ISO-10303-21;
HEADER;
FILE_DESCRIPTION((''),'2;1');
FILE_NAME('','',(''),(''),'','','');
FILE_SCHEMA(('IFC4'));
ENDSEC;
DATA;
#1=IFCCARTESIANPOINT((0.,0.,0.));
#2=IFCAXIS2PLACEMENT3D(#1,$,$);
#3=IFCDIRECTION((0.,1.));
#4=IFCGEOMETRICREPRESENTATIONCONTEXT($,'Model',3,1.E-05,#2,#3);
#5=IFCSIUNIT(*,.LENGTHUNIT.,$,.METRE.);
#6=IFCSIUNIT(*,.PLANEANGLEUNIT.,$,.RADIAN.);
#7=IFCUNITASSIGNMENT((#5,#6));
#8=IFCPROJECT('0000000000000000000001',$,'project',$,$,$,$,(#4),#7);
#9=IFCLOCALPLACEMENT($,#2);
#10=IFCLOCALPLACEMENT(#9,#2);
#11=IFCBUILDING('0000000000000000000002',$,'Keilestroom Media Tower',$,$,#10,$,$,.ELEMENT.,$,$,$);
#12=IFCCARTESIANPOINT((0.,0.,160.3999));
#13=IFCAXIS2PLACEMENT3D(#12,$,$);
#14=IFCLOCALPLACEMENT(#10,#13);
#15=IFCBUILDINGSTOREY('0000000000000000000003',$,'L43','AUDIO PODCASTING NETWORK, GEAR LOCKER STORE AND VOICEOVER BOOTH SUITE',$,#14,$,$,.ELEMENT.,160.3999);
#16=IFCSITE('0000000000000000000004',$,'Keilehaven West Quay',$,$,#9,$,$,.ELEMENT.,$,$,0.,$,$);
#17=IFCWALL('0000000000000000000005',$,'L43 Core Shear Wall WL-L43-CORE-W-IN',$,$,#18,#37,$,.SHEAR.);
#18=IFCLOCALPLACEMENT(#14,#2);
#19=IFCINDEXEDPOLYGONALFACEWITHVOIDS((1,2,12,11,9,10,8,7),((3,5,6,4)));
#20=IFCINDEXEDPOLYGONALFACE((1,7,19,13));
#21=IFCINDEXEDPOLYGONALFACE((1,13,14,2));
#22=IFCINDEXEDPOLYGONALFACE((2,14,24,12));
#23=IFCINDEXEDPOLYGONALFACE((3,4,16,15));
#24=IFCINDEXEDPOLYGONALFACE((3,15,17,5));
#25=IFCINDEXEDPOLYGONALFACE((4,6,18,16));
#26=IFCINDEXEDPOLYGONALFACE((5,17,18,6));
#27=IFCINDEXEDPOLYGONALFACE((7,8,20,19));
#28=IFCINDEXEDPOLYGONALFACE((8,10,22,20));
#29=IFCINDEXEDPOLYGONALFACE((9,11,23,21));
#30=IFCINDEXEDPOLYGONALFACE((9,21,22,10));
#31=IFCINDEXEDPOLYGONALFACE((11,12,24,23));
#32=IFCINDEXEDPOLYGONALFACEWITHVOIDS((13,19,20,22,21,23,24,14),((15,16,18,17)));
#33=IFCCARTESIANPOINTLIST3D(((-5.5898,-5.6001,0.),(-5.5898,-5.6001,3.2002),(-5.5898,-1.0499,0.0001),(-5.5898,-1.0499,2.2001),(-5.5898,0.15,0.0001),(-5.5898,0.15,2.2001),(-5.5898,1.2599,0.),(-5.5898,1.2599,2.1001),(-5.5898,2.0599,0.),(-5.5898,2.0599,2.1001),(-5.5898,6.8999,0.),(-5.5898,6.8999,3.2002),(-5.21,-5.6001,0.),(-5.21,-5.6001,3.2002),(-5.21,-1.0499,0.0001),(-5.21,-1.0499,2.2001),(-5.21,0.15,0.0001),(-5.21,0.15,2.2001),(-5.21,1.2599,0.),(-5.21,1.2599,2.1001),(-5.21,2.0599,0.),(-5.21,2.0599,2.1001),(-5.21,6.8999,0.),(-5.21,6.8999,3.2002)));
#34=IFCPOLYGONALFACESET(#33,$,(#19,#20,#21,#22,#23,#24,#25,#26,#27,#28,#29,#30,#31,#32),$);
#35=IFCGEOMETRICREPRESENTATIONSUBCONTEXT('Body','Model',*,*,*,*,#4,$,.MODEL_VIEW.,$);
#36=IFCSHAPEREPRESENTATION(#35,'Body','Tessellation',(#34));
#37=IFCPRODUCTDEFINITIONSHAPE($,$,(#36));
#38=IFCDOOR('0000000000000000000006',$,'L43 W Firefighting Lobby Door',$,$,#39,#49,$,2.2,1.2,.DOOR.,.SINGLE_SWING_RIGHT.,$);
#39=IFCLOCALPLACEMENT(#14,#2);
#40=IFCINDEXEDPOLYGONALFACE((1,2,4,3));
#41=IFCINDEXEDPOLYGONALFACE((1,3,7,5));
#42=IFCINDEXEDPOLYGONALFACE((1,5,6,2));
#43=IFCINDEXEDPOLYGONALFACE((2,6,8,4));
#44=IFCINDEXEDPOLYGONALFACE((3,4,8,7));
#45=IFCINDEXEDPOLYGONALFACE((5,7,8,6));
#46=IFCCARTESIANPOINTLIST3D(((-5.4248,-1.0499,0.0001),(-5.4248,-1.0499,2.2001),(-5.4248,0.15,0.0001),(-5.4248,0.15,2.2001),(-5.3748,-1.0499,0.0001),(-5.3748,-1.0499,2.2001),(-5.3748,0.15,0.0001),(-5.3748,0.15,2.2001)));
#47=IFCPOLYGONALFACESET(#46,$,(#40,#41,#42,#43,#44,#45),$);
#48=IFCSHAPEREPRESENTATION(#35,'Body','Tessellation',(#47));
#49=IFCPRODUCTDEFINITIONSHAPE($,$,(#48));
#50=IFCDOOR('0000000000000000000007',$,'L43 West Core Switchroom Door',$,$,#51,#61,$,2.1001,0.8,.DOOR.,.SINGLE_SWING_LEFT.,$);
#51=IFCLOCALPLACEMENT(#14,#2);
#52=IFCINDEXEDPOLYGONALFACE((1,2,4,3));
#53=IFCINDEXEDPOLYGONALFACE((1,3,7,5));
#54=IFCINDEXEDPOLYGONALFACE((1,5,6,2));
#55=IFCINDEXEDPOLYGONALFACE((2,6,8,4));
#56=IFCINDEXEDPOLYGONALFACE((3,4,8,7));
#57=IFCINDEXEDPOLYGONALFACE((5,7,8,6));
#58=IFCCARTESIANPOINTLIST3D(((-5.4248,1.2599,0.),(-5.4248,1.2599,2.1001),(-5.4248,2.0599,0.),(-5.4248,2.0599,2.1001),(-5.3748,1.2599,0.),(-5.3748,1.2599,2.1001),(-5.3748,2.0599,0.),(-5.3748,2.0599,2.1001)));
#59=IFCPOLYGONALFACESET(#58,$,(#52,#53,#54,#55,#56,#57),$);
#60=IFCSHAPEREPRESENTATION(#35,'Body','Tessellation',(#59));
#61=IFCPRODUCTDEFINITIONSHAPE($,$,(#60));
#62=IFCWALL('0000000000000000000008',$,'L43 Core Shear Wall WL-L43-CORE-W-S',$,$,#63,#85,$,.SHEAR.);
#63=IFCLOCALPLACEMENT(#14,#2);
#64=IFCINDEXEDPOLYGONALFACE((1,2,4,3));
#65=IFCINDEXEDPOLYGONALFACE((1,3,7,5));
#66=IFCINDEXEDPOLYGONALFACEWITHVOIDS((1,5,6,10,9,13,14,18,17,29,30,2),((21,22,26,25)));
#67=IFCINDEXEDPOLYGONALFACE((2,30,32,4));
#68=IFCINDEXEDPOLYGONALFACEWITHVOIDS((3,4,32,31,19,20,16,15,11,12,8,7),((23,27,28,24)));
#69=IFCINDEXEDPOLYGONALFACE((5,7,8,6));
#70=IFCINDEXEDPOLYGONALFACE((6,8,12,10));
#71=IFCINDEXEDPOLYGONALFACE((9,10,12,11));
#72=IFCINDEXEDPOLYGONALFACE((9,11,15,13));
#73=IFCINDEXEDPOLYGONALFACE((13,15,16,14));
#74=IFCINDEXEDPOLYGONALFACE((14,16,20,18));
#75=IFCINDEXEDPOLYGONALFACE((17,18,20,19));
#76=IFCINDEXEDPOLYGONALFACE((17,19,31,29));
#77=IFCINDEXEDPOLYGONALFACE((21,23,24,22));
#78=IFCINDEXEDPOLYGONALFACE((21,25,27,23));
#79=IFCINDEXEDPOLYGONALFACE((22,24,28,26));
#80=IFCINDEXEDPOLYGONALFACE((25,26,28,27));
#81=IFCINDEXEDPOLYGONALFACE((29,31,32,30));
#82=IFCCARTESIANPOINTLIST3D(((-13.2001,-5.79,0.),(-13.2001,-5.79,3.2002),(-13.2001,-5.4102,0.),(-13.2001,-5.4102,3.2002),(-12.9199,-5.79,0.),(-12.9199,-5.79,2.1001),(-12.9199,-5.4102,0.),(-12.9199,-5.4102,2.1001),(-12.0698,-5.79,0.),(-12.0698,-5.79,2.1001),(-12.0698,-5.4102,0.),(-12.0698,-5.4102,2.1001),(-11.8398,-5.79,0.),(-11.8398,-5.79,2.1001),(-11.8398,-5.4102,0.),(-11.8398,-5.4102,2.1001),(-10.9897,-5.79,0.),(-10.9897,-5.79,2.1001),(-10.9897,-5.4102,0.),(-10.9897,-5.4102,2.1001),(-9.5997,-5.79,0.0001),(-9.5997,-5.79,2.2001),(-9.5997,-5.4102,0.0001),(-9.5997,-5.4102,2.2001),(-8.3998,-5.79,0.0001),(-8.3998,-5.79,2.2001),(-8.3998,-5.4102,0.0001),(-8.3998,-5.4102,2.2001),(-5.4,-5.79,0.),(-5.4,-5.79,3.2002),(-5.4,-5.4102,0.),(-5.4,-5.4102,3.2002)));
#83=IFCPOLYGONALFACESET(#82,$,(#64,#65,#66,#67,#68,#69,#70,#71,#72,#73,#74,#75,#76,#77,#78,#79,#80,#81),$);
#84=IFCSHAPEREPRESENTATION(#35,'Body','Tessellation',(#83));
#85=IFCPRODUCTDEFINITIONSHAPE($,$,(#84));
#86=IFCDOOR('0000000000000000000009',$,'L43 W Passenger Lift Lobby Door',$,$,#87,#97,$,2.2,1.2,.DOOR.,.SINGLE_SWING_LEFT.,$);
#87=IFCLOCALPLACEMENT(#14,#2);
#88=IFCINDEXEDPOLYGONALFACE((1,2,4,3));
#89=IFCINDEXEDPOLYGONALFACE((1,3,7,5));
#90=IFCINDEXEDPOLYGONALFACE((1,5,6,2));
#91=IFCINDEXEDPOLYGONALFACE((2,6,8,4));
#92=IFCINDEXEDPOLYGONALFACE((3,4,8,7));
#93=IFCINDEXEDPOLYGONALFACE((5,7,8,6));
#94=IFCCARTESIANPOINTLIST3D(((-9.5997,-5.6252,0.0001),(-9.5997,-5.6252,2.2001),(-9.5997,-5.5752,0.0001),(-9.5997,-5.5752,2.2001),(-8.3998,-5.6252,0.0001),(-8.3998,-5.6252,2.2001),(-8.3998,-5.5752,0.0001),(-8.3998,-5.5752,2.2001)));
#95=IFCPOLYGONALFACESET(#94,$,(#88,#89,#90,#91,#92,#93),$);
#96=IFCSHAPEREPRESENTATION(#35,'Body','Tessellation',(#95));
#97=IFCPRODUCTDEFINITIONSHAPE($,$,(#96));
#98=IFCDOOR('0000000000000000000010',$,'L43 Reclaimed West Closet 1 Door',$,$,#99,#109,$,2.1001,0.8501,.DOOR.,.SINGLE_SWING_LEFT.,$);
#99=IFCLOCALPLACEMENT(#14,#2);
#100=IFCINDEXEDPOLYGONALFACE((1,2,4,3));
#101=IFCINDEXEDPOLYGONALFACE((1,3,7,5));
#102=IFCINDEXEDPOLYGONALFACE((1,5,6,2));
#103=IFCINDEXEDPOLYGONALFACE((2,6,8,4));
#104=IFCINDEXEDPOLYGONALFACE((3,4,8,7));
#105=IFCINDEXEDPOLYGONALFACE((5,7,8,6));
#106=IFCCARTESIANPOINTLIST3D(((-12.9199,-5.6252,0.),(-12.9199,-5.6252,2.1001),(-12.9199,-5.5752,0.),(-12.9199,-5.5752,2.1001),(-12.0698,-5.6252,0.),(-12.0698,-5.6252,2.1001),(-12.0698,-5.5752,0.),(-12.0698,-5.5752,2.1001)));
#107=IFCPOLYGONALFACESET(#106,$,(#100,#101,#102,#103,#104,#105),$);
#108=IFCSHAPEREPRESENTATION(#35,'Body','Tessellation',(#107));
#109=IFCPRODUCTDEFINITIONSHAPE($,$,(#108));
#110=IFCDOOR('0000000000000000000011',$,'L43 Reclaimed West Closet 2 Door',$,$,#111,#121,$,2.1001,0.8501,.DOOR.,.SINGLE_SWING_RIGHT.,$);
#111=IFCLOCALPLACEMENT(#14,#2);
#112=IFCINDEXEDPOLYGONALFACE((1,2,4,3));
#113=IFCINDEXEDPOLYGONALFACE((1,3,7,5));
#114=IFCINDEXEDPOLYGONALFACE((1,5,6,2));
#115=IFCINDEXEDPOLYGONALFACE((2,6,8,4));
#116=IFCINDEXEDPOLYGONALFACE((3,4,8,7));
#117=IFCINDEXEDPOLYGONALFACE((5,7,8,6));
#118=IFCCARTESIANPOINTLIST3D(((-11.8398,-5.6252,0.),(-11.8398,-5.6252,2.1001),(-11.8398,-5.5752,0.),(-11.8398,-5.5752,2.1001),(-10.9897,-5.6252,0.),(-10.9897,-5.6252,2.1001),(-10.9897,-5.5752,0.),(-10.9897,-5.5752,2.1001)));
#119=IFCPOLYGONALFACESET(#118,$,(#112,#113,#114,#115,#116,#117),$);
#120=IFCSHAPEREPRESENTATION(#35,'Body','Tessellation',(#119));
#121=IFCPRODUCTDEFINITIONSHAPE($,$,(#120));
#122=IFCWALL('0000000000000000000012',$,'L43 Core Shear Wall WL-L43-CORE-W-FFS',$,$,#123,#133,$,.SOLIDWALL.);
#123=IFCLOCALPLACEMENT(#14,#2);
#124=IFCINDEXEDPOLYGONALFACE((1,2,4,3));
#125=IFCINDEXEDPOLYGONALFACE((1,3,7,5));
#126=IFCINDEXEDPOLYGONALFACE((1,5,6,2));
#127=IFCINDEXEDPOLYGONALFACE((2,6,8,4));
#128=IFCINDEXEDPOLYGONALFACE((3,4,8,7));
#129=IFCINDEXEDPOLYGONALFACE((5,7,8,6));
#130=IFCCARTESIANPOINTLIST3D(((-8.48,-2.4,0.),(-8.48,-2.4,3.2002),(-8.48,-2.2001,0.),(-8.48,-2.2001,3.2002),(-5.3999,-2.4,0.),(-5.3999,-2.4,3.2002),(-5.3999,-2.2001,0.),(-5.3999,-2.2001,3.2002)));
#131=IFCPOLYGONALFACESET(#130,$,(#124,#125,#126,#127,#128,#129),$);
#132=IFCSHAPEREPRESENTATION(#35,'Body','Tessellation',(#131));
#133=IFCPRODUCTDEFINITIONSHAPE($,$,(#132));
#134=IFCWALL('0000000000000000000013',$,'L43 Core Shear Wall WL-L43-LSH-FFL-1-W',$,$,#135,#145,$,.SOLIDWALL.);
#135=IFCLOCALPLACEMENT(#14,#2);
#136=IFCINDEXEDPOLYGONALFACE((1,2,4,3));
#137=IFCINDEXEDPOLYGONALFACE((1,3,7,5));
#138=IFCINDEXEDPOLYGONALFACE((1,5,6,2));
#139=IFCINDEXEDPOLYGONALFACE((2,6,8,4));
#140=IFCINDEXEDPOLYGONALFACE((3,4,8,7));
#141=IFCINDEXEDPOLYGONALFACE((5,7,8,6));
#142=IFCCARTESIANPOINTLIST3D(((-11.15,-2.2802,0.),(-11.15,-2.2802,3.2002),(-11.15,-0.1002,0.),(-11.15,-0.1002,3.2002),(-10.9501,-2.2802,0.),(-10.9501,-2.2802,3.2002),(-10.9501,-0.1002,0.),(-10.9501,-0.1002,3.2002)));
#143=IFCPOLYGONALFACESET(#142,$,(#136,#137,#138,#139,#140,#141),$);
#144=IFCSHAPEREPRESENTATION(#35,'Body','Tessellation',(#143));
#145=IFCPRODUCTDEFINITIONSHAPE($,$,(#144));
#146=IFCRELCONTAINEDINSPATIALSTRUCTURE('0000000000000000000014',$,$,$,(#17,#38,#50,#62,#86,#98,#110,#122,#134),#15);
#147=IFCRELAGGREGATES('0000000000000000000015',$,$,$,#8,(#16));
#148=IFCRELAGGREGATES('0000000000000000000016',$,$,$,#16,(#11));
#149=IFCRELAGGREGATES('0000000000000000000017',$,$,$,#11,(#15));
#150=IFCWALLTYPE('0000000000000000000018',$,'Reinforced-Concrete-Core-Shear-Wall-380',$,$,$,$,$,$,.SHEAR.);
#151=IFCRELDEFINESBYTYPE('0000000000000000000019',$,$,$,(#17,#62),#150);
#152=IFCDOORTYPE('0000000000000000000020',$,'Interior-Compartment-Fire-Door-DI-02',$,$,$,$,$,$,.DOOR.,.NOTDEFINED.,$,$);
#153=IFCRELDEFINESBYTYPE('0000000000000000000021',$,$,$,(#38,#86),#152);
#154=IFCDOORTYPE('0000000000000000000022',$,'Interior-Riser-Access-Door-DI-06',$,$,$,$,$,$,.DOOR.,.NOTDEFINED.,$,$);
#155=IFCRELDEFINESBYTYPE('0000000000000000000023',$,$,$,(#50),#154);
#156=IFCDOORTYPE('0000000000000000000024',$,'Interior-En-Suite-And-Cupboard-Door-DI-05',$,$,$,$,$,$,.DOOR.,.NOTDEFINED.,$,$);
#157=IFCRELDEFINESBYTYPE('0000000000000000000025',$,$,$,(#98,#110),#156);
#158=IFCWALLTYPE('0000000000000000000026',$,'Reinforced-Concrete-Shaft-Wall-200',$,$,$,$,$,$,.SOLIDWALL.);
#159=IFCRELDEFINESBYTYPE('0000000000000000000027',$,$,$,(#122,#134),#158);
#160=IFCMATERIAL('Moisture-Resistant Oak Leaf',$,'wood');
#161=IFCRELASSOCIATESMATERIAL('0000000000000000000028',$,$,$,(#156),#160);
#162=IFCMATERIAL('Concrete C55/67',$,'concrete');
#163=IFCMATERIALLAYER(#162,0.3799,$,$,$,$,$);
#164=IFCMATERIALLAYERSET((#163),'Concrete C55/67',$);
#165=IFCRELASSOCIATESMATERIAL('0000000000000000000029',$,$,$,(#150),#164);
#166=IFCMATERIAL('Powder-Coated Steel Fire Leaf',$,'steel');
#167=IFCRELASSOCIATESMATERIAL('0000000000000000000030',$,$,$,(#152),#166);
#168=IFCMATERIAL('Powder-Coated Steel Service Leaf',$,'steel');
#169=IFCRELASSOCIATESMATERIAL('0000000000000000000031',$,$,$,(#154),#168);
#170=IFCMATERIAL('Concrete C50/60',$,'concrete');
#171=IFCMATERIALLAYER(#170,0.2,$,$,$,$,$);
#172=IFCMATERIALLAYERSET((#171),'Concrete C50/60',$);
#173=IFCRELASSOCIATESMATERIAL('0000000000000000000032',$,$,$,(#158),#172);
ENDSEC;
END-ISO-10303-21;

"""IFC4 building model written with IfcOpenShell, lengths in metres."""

from ifc_helpers import new_model, si_unit, direction, frame, frame_2d, origin, place, context, subcontext, project, spatial, rectangle, extrude, source, transform, mapped, material, layer, layer_set, type_object, element, fill, save


model = new_model("IFC4")

# Units and contexts
model_context = context("Model", 3, precision=1e-05, world=origin(), true_north=direction((0.0, 1.0)))
body_context = subcontext(model_context, "Body", "Model", "MODEL_VIEW")
ifc_project = project(units=[si_unit("LENGTHUNIT", "METRE"), si_unit("PLANEANGLEUNIT", "RADIAN")], contexts=[model_context])

# Site, building, storey
site_placement = place(None, origin())
site = spatial("IfcSite", under=ifc_project, at=site_placement, Name="Keilehaven West Quay", CompositionType="ELEMENT", RefElevation=0.0)
building_placement = place(site_placement, origin())
building = spatial("IfcBuilding", under=site, at=building_placement, Name="Keilestroom Media Tower", CompositionType="ELEMENT")
storey_placement = place(building_placement, frame((0.0, 0.0, 160.3999)))
storey = spatial("IfcBuildingStorey", under=building, at=storey_placement, Name="L43", Description="AUDIO PODCASTING NETWORK, GEAR LOCKER STORE AND VOICEOVER BOOTH SUITE", CompositionType="ELEMENT", Elevation=160.3999)

# Shared definitions
ifc_material_1 = material(Name="Moisture-Resistant Oak Leaf", Category="wood")
door_type_1 = type_object("IfcDoorType", Name="Interior-En-Suite-And-Cupboard-Door-DI-05", OperationType="NOTDEFINED", PredefinedType="DOOR", material=ifc_material_1)
shared_shape_1 = source(origin(), body_context, "Body", "SweptSolid", [
    extrude(rectangle(XDim=0.8501, YDim=2.1001, at=frame_2d((0.425, 1.05))), frame((0.0, 0.0249, 0.0), z_axis=(0.0, -1.0, 0.0), x_axis=(1.0, 0.0, 0.0)), (0.0, 0.0, 1.0), 0.05),
])

# Shared definitions
ifc_material_2 = material(Name="Concrete C55/67", Category="concrete")
ifc_layer_1 = layer(ifc_material_2, 0.3799)
ifc_layer_set_1 = layer_set([ifc_layer_1], Name="Concrete C55/67")
wall_type_1 = type_object("IfcWallType", Name="Reinforced-Concrete-Core-Shear-Wall-380", PredefinedType="SHEAR", material=ifc_layer_set_1)

# Walls, openings, doors
wall_1_placement = place(storey_placement, frame((-5.3999, -5.6001, 0.0), z_axis=(0.0, 0.0, 1.0), x_axis=(0.0, 1.0, 0.0)))
wall_1 = element("IfcWall", 1, at=wall_1_placement, inside=storey, type_object=wall_type_1, Name="L43 Core Shear Wall WL-L43-CORE-W-IN", PredefinedType="SHEAR", context=body_context, shape_type="SweptSolid", body=[
    extrude(rectangle(XDim=12.5, YDim=0.3799, at=frame_2d((6.25, 0.0))), origin(), (0.0, 0.0, 1.0), 3.2002),
])
opening_1_placement = place(wall_1_placement, frame((4.55, 0.0, 0.0)))
opening_1 = element("IfcOpeningElement", 2, at=opening_1_placement, cuts=wall_1, PredefinedType="OPENING", context=body_context, shape_type="SweptSolid", body=[
    extrude(rectangle(XDim=1.2, YDim=2.2, at=frame_2d((0.6001, 1.1001))), frame((0.0, 0.2, 0.0), z_axis=(0.0, -1.0, 0.0), x_axis=(1.0, 0.0, 0.0)), (0.0, 0.0, 1.0), 0.3999),
])
opening_2_placement = place(wall_1_placement, frame((6.8601, 0.0, 0.0)))
opening_2 = element("IfcOpeningElement", 3, at=opening_2_placement, cuts=wall_1, PredefinedType="OPENING", context=body_context, shape_type="SweptSolid", body=[
    extrude(rectangle(XDim=0.8, YDim=2.1001, at=frame_2d((0.3999, 1.05))), frame((0.0, 0.2, 0.0), z_axis=(0.0, -1.0, 0.0), x_axis=(1.0, 0.0, 0.0)), (0.0, 0.0, 1.0), 0.3999),
])
ifc_material_3 = material(Name="Powder-Coated Steel Fire Leaf", Category="steel")
door_type_2 = type_object("IfcDoorType", Name="Interior-Compartment-Fire-Door-DI-02", OperationType="NOTDEFINED", PredefinedType="DOOR", material=ifc_material_3)
shared_shape_2 = source(origin(), body_context, "Body", "SweptSolid", [
    extrude(rectangle(XDim=1.2, YDim=2.2, at=frame_2d((0.6001, 1.1001))), frame((0.0, 0.0249, 0.0), z_axis=(0.0, -1.0, 0.0), x_axis=(1.0, 0.0, 0.0)), (0.0, 0.0, 1.0), 0.05),
])
door_1_placement = place(opening_1_placement, origin())
door_1 = element("IfcDoor", 4, at=door_1_placement, inside=storey, type_object=door_type_2, Name="L43 W Firefighting Lobby Door", OperationType="SINGLE_SWING_RIGHT", OverallHeight=2.2, OverallWidth=1.2, PredefinedType="DOOR", context=body_context, shape_type="MappedRepresentation", body=[
    mapped(shared_shape_2, transform((0.0, 0.0, 0.0), x_axis=(1.0, 0.0, 0.0), y_axis=(0.0, 1.0, 0.0), z_axis=(0.0, 0.0, 1.0), scale=1.0)),
])
fill(opening_1, door_1)
ifc_material_4 = material(Name="Powder-Coated Steel Service Leaf", Category="steel")
door_type_3 = type_object("IfcDoorType", Name="Interior-Riser-Access-Door-DI-06", OperationType="NOTDEFINED", PredefinedType="DOOR", material=ifc_material_4)
shared_shape_3 = source(origin(), body_context, "Body", "SweptSolid", [
    extrude(rectangle(XDim=0.8, YDim=2.1001, at=frame_2d((0.3999, 1.05))), frame((0.0, 0.0249, 0.0), z_axis=(0.0, -1.0, 0.0), x_axis=(1.0, 0.0, 0.0)), (0.0, 0.0, 1.0), 0.05),
])
door_2_placement = place(opening_2_placement, origin())
door_2 = element("IfcDoor", 5, at=door_2_placement, inside=storey, type_object=door_type_3, Name="L43 West Core Switchroom Door", OperationType="SINGLE_SWING_LEFT", OverallHeight=2.1001, OverallWidth=0.8, PredefinedType="DOOR", context=body_context, shape_type="MappedRepresentation", body=[
    mapped(shared_shape_3, transform((0.0, 0.0, 0.0), x_axis=(1.0, 0.0, 0.0), y_axis=(0.0, 1.0, 0.0), z_axis=(0.0, 0.0, 1.0), scale=1.0)),
])
fill(opening_2, door_2)
wall_2_placement = place(storey_placement, frame((-13.2, -5.6001, 0.0), z_axis=(0.0, 0.0, 1.0), x_axis=(1.0, 0.0, 0.0)))
wall_2 = element("IfcWall", 6, at=wall_2_placement, inside=storey, type_object=wall_type_1, Name="L43 Core Shear Wall WL-L43-CORE-W-S", PredefinedType="SHEAR", context=body_context, shape_type="SweptSolid", body=[
    extrude(rectangle(XDim=7.8, YDim=0.3799, at=frame_2d((3.8999, 0.0))), origin(), (0.0, 0.0, 1.0), 3.2002),
])
opening_3_placement = place(wall_2_placement, frame((3.6001, 0.0, 0.0)))
opening_3 = element("IfcOpeningElement", 7, at=opening_3_placement, cuts=wall_2, PredefinedType="OPENING", context=body_context, shape_type="SweptSolid", body=[
    extrude(rectangle(XDim=1.2, YDim=2.2, at=frame_2d((0.6001, 1.1001))), frame((0.0, 0.2, 0.0), z_axis=(0.0, -1.0, 0.0), x_axis=(1.0, 0.0, 0.0)), (0.0, 0.0, 1.0), 0.3999),
])
opening_4_placement = place(wall_2_placement, frame((0.28, 0.0, 0.0)))
opening_4 = element("IfcOpeningElement", 8, at=opening_4_placement, cuts=wall_2, PredefinedType="OPENING", context=body_context, shape_type="SweptSolid", body=[
    extrude(rectangle(XDim=0.8501, YDim=2.1001, at=frame_2d((0.425, 1.05))), frame((0.0, 0.2, 0.0), z_axis=(0.0, -1.0, 0.0), x_axis=(1.0, 0.0, 0.0)), (0.0, 0.0, 1.0), 0.3999),
])
opening_5_placement = place(wall_2_placement, frame((1.3601, 0.0, 0.0)))
opening_5 = element("IfcOpeningElement", 9, at=opening_5_placement, cuts=wall_2, PredefinedType="OPENING", context=body_context, shape_type="SweptSolid", body=[
    extrude(rectangle(XDim=0.8501, YDim=2.1001, at=frame_2d((0.425, 1.05))), frame((0.0, 0.2, 0.0), z_axis=(0.0, -1.0, 0.0), x_axis=(1.0, 0.0, 0.0)), (0.0, 0.0, 1.0), 0.3999),
])
door_3_placement = place(opening_3_placement, origin())
door_3 = element("IfcDoor", 10, at=door_3_placement, inside=storey, type_object=door_type_2, Name="L43 W Passenger Lift Lobby Door", OperationType="SINGLE_SWING_LEFT", OverallHeight=2.2, OverallWidth=1.2, PredefinedType="DOOR", context=body_context, shape_type="MappedRepresentation", body=[
    mapped(shared_shape_2, transform((0.0, 0.0, 0.0), x_axis=(1.0, 0.0, 0.0), y_axis=(0.0, 1.0, 0.0), z_axis=(0.0, 0.0, 1.0), scale=1.0)),
])
fill(opening_3, door_3)
door_4_placement = place(opening_4_placement, origin())
door_4 = element("IfcDoor", 11, at=door_4_placement, inside=storey, type_object=door_type_1, Name="L43 Reclaimed West Closet 1 Door", OperationType="SINGLE_SWING_LEFT", OverallHeight=2.1001, OverallWidth=0.8501, PredefinedType="DOOR", context=body_context, shape_type="MappedRepresentation", body=[
    mapped(shared_shape_1, transform((0.0, 0.0, 0.0), x_axis=(1.0, 0.0, 0.0), y_axis=(0.0, 1.0, 0.0), z_axis=(0.0, 0.0, 1.0), scale=1.0)),
])
fill(opening_4, door_4)
door_5_placement = place(opening_5_placement, origin())
door_5 = element("IfcDoor", 12, at=door_5_placement, inside=storey, type_object=door_type_1, Name="L43 Reclaimed West Closet 2 Door", OperationType="SINGLE_SWING_RIGHT", OverallHeight=2.1001, OverallWidth=0.8501, PredefinedType="DOOR", context=body_context, shape_type="MappedRepresentation", body=[
    mapped(shared_shape_1, transform((0.0, 0.0, 0.0), x_axis=(1.0, 0.0, 0.0), y_axis=(0.0, 1.0, 0.0), z_axis=(0.0, 0.0, 1.0), scale=1.0)),
])
fill(opening_5, door_5)

# Walls
ifc_material_5 = material(Name="Concrete C50/60", Category="concrete")
ifc_layer_2 = layer(ifc_material_5, 0.2)
ifc_layer_set_2 = layer_set([ifc_layer_2], Name="Concrete C50/60")
wall_type_2 = type_object("IfcWallType", Name="Reinforced-Concrete-Shaft-Wall-200", PredefinedType="SOLIDWALL", material=ifc_layer_set_2)
wall_3_placement = place(storey_placement, frame((-8.48, -2.3, 0.0), z_axis=(0.0, 0.0, 1.0), x_axis=(1.0, 0.0, 0.0)))
element("IfcWall", 13, at=wall_3_placement, inside=storey, type_object=wall_type_2, Name="L43 Core Shear Wall WL-L43-CORE-W-FFS", PredefinedType="SOLIDWALL", context=body_context, shape_type="SweptSolid", body=[
    extrude(rectangle(XDim=3.0801, YDim=0.2, at=frame_2d((1.54, 0.0))), origin(), (0.0, 0.0, 1.0), 3.2002),
])
wall_4_placement = place(storey_placement, frame((-11.05, -2.28, 0.0), z_axis=(0.0, 0.0, 1.0), x_axis=(0.0, 1.0, 0.0)))
element("IfcWall", 14, at=wall_4_placement, inside=storey, type_object=wall_type_2, Name="L43 Core Shear Wall WL-L43-LSH-FFL-1-W", PredefinedType="SOLIDWALL", context=body_context, shape_type="SweptSolid", body=[
    extrude(rectangle(XDim=2.1799, YDim=0.2, at=frame_2d((1.0898, 0.0))), origin(), (0.0, 0.0, 1.0), 3.2002),
])

save(model, "model.ifc")
